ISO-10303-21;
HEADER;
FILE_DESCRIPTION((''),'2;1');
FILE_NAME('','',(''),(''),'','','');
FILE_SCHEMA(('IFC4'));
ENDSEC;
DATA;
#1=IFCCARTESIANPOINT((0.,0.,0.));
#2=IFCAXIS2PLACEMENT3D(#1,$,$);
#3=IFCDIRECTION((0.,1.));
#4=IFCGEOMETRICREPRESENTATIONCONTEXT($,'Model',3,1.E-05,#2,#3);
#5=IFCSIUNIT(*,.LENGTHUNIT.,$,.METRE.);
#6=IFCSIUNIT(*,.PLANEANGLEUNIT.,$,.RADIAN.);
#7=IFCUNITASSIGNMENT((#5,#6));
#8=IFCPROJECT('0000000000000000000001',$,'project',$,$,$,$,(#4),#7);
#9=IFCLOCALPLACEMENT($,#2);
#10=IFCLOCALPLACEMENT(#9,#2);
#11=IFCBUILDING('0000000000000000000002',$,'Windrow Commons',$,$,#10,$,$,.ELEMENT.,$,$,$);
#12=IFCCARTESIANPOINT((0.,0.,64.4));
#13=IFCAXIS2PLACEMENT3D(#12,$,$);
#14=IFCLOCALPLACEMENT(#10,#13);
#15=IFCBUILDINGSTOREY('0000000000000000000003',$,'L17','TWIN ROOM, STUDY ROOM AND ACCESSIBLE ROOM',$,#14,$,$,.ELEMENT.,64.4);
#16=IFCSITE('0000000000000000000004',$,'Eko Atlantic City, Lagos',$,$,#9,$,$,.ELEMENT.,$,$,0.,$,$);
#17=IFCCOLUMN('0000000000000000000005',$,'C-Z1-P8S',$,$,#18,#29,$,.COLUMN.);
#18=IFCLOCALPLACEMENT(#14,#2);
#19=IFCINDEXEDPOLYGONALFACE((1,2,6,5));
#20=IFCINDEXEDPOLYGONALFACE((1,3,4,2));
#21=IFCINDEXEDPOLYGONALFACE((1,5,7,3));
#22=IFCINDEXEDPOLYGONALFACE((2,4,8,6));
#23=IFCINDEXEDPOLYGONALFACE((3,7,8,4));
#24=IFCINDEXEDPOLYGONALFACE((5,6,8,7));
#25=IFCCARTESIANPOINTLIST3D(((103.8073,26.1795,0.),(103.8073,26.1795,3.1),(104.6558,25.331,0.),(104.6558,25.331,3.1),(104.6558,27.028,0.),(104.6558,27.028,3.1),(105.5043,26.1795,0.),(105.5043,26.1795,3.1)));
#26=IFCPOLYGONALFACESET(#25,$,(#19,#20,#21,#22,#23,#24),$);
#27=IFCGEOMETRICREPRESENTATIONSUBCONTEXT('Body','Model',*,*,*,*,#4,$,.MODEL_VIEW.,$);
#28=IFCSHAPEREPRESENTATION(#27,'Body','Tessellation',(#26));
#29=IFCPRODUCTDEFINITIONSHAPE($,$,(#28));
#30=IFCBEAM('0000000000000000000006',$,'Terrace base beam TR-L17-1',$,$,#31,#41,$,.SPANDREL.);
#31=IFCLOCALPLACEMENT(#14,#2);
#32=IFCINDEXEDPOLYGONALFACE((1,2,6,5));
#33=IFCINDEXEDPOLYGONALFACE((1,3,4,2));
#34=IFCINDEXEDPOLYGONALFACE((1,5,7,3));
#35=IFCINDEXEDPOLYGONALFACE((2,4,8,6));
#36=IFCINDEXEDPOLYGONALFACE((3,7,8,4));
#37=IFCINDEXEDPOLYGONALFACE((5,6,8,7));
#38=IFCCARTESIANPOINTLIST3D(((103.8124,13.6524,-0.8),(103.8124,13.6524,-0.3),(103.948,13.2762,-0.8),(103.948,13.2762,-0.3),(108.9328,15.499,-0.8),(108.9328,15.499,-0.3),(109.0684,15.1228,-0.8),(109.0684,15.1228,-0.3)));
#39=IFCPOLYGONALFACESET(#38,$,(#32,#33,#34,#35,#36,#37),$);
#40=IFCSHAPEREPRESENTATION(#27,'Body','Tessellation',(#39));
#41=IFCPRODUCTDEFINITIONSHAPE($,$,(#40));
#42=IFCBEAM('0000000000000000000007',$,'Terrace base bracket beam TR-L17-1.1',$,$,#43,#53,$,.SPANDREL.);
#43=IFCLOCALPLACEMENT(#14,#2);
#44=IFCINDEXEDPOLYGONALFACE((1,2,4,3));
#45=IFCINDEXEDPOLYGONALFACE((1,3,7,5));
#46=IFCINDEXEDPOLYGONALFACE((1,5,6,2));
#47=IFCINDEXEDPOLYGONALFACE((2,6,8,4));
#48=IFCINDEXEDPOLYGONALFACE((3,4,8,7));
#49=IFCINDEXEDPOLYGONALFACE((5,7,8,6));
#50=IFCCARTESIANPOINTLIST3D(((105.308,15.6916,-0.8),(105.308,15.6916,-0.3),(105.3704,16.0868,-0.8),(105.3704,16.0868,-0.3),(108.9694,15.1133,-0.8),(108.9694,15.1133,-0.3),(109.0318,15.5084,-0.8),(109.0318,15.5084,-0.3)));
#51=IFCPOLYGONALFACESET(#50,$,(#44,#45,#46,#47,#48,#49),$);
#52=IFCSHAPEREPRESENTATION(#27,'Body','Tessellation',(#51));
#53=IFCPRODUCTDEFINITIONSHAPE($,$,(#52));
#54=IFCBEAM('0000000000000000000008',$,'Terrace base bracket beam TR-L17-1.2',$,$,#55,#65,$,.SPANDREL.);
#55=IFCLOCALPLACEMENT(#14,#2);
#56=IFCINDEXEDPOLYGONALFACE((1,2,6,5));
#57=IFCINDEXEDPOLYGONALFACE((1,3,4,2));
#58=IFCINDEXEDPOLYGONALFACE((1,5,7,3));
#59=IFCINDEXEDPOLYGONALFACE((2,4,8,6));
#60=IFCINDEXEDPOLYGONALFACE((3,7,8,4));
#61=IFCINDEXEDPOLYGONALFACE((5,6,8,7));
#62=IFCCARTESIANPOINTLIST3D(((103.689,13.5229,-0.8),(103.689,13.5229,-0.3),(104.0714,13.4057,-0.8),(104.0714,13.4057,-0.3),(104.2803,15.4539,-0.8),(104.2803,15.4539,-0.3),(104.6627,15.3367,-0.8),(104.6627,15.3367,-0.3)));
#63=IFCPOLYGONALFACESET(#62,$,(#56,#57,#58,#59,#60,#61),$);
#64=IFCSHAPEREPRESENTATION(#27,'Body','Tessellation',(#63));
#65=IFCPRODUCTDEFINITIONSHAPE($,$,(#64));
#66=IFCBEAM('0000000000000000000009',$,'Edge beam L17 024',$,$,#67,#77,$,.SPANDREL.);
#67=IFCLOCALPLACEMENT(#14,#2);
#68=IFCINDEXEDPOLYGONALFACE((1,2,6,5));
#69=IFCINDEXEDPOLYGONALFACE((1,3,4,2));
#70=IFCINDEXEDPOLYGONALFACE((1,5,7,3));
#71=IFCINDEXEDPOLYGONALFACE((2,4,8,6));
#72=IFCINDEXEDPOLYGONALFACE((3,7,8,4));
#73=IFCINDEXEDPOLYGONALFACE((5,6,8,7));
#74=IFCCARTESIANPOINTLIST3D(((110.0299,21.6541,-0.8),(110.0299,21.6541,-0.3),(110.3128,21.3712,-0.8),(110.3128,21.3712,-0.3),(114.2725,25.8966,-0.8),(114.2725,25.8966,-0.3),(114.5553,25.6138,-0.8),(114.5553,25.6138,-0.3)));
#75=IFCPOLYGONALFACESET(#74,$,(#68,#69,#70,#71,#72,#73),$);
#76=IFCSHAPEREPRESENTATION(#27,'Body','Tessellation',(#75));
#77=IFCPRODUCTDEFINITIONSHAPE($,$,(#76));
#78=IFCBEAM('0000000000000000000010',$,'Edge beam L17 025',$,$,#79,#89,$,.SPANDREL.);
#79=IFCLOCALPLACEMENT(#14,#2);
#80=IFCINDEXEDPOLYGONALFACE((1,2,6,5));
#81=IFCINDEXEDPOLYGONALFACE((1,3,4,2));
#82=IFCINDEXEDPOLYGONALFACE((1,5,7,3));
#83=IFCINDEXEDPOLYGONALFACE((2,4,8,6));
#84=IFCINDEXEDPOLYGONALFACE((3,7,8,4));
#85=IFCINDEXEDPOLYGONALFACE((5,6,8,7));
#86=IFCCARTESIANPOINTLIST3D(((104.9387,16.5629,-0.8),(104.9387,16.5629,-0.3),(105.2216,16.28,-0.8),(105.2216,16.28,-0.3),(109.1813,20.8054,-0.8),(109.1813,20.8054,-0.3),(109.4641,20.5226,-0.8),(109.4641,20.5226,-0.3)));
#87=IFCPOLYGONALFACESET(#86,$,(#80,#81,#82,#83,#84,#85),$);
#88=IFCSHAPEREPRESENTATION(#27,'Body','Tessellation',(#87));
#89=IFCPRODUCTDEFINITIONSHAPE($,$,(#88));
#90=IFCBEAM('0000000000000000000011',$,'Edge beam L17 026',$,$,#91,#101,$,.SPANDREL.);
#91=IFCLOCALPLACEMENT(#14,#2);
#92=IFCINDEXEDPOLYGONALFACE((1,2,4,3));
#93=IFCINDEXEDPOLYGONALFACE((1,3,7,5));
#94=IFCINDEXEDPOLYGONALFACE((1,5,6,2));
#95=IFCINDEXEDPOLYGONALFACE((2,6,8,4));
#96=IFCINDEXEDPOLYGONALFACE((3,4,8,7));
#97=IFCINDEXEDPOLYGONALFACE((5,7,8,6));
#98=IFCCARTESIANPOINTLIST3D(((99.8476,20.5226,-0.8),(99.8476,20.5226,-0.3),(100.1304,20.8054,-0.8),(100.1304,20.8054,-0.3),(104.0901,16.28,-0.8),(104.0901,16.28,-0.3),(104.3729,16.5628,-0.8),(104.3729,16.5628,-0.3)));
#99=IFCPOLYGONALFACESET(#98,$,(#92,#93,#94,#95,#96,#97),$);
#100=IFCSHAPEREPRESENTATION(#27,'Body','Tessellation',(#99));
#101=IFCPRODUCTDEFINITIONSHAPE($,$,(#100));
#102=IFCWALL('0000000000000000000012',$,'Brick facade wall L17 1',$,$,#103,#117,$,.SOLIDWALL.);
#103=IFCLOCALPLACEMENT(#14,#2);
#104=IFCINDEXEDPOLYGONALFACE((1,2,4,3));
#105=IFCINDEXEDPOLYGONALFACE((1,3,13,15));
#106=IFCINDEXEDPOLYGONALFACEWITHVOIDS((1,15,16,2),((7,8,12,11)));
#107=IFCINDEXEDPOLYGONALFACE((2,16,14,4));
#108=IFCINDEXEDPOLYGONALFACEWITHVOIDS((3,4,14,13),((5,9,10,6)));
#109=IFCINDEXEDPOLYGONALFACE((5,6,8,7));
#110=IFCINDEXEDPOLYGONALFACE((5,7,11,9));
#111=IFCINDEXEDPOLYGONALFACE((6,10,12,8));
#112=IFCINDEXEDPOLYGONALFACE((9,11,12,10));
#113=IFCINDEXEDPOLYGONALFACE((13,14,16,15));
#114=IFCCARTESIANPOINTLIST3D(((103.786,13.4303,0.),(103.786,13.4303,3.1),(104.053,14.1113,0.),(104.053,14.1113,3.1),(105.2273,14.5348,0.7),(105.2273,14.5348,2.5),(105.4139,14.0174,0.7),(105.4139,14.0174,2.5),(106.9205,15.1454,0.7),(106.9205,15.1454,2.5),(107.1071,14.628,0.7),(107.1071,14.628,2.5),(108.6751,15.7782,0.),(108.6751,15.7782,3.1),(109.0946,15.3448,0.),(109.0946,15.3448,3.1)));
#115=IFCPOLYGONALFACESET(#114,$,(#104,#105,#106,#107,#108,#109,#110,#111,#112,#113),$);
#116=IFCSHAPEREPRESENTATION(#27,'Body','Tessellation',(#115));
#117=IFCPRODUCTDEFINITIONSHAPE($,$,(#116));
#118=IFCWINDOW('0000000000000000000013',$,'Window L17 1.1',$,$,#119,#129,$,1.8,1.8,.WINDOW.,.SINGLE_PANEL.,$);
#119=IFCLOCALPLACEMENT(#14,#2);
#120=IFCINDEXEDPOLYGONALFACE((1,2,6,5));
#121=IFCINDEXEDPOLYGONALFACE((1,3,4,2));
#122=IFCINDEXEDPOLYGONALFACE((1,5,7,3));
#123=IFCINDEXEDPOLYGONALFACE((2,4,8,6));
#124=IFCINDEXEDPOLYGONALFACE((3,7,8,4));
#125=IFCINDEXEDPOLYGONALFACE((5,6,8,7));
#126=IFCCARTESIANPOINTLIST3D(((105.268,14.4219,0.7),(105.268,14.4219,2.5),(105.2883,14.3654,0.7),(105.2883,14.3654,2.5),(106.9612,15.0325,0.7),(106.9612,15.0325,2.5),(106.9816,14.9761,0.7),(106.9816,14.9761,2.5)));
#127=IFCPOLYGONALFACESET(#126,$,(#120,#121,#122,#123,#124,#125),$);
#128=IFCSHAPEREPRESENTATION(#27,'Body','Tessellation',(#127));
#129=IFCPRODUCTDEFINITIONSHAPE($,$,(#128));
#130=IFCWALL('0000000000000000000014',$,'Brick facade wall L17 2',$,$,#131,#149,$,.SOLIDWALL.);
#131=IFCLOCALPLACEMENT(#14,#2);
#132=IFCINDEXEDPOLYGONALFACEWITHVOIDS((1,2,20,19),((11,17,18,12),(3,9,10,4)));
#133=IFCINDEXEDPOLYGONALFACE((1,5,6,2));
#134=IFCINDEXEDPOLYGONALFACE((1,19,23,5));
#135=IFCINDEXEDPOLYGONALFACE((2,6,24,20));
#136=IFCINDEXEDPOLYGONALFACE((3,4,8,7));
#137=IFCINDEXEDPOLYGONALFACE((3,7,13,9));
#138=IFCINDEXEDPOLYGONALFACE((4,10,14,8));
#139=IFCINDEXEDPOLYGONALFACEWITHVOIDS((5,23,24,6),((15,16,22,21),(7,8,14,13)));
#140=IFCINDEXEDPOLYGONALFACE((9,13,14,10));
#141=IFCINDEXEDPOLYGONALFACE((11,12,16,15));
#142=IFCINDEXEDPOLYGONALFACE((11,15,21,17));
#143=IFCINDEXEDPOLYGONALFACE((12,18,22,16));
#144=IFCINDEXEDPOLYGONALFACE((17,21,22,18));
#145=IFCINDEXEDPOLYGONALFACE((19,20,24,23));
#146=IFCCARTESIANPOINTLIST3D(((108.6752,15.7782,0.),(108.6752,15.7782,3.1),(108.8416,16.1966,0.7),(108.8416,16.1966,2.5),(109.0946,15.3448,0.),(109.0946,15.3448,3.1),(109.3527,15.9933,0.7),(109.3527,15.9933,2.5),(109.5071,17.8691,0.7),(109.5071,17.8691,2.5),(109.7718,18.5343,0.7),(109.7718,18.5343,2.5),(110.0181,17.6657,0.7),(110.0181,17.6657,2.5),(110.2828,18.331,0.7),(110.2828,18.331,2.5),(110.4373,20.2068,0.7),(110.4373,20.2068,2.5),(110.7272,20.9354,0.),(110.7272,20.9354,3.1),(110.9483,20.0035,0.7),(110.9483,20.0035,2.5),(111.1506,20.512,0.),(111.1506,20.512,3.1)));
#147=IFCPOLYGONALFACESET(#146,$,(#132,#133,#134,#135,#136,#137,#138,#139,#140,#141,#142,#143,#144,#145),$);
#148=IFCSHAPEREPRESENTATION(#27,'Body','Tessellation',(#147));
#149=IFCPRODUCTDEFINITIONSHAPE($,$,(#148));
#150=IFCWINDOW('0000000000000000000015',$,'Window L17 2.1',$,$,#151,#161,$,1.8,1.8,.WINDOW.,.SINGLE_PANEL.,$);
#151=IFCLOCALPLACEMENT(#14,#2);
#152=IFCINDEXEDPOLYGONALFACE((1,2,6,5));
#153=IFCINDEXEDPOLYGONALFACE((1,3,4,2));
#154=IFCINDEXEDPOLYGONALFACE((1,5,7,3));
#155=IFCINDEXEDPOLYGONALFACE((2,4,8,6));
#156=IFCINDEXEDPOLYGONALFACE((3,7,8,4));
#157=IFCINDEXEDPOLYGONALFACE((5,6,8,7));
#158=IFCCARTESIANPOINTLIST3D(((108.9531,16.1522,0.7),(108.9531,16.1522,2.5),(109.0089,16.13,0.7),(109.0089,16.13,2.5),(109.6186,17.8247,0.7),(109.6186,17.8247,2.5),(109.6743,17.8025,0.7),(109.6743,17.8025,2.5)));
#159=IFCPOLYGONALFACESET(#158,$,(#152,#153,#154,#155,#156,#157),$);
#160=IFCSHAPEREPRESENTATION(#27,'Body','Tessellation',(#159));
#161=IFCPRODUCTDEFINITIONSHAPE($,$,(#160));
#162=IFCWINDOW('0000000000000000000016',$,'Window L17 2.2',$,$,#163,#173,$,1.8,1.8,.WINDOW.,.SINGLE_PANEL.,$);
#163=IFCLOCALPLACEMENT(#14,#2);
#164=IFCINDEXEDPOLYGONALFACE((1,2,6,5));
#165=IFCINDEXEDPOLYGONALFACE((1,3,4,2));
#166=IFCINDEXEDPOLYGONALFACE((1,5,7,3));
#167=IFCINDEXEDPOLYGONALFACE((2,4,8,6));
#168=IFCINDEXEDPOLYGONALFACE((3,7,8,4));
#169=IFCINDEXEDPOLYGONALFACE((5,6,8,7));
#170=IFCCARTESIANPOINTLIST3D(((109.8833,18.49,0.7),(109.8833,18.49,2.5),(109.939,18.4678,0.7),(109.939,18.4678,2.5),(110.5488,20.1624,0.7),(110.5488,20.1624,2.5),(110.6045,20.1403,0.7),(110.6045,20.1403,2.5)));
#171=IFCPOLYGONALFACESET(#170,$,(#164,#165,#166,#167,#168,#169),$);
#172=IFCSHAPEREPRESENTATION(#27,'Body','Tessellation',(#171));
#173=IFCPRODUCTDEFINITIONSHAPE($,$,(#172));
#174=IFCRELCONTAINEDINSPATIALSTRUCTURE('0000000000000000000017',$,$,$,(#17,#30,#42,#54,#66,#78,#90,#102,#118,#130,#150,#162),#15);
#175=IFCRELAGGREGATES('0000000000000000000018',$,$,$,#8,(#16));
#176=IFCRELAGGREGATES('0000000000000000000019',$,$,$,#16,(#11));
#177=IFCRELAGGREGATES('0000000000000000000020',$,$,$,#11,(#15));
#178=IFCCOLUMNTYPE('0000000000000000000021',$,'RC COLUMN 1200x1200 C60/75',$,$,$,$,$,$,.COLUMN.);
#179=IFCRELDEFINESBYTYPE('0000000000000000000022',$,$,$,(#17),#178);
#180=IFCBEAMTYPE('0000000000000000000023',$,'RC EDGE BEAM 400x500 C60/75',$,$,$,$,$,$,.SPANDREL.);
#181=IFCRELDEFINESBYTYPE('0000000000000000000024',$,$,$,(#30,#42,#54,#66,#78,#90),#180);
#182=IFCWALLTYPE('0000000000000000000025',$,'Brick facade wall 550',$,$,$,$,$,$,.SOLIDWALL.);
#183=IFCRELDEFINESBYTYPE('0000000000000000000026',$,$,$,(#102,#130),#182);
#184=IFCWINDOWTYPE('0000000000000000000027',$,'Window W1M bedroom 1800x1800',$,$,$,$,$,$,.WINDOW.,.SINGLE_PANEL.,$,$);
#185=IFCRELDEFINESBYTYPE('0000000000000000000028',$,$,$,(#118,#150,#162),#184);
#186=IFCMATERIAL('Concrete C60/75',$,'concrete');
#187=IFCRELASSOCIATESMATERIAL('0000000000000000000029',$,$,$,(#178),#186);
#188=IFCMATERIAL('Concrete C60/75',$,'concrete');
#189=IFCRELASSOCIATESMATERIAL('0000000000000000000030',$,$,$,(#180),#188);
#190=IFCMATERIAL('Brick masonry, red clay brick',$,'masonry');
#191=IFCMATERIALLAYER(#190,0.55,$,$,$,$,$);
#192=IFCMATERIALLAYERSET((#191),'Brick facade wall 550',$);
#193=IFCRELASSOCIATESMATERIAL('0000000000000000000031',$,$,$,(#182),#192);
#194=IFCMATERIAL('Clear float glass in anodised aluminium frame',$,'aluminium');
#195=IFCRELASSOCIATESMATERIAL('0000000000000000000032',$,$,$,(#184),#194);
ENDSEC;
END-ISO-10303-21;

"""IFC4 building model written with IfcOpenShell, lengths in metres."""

from ifc_helpers import new_model, si_unit, direction, frame, frame_2d, origin, origin_2d, place, context, subcontext, project, spatial, polyline, rectangle, outline, extrude, material, layer, layer_set, material_profile, profile_set, type_object, element, fill, save


model = new_model("IFC4")

# Units and contexts
model_context = context("Model", 3, precision=1e-05, world=origin(), true_north=direction((0.0, 1.0)))
body_context = subcontext(model_context, "Body", "Model", "MODEL_VIEW")
ifc_project = project(units=[si_unit("LENGTHUNIT", "METRE"), si_unit("PLANEANGLEUNIT", "RADIAN")], contexts=[model_context])

# Site, building, storey
site_placement = place(None, origin())
site = spatial("IfcSite", under=ifc_project, at=site_placement, Name="Eko Atlantic City, Lagos", CompositionType="ELEMENT", RefElevation=0.0)
building_placement = place(site_placement, origin())
building = spatial("IfcBuilding", under=site, at=building_placement, Name="Windrow Commons", CompositionType="ELEMENT")
storey_placement = place(building_placement, frame((0.0, 0.0, 64.4)))
storey = spatial("IfcBuildingStorey", under=building, at=storey_placement, Name="L17", Description="TWIN ROOM, STUDY ROOM AND ACCESSIBLE ROOM", CompositionType="ELEMENT", Elevation=64.4)

# Column
ifc_material_1 = material(Name="Concrete C60/75", Category="concrete")
ifc_material_profile_1 = material_profile(ifc_material_1, rectangle(XDim=1.2, YDim=1.2, at=origin_2d()))
ifc_profile_set_1 = profile_set([ifc_material_profile_1], Name="Concrete C60/75")
column_type = type_object("IfcColumnType", Name="RC COLUMN 1200x1200 C60/75", PredefinedType="COLUMN", material=ifc_profile_set_1)
column_placement = place(storey_placement, frame((104.6558, 26.1795, 0.0), z_axis=(0.0, 0.0, 1.0), x_axis=(0.707107, -0.707107, 0.0)))
element("IfcColumn", 1, at=column_placement, inside=storey, type_object=column_type, Name="C-Z1-P8S", PredefinedType="COLUMN", context=body_context, shape_type="SweptSolid", body=[
    extrude(rectangle(XDim=1.2, YDim=1.2, at=origin_2d()), origin(), (0.0, 0.0, 1.0), 3.1),
])

# Beams
ifc_material_2 = material(Name="Concrete C60/75", Category="concrete")
ifc_material_profile_2 = material_profile(ifc_material_2, rectangle(XDim=0.4, YDim=0.5, at=origin_2d()))
ifc_profile_set_2 = profile_set([ifc_material_profile_2], Name="Concrete C60/75")
beam_type = type_object("IfcBeamType", Name="RC EDGE BEAM 400x500 C60/75", PredefinedType="SPANDREL", material=ifc_profile_set_2)
beam_1_placement = place(storey_placement, frame((109.0006, 15.3109, -0.55), z_axis=(-0.940697, -0.339249, 0.0), x_axis=(0.339249, -0.940697, 0.0)))
element("IfcBeam", 2, at=beam_1_placement, inside=storey, type_object=beam_type, Name="Terrace base beam TR-L17-1", PredefinedType="SPANDREL", context=body_context, shape_type="SweptSolid", body=[
    extrude(rectangle(XDim=0.4, YDim=0.5, at=origin_2d()), origin(), (0.0, 0.0, 1.0), 5.4432),
])
beam_2_placement = place(storey_placement, frame((105.3392, 15.8892, -0.55), z_axis=(0.987755, -0.156011, 0.0), x_axis=(0.156011, 0.987755, 0.0)))
element("IfcBeam", 3, at=beam_2_placement, inside=storey, type_object=beam_type, Name="Terrace base bracket beam TR-L17-1.1", PredefinedType="SPANDREL", context=body_context, shape_type="SweptSolid", body=[
    extrude(rectangle(XDim=0.4, YDim=0.5, at=origin_2d()), origin(), (0.0, 0.0, 1.0), 3.7068),
])
beam_3_placement = place(storey_placement, frame((104.4715, 15.3953, -0.55), z_axis=(-0.292795, -0.956175, 0.0), x_axis=(0.956175, -0.292795, 0.0)))
element("IfcBeam", 4, at=beam_3_placement, inside=storey, type_object=beam_type, Name="Terrace base bracket beam TR-L17-1.2", PredefinedType="SPANDREL", context=body_context, shape_type="SweptSolid", body=[
    extrude(rectangle(XDim=0.4, YDim=0.5, at=origin_2d()), origin(), (0.0, 0.0, 1.0), 2.0195),
])
for number, where, z_axis, x_axis, name in (
    (5, (114.4139, 25.7552, -0.55), (-0.707107, -0.707107, 0.0), (0.707107, -0.707107, 0.0), "Edge beam L17 024"),
    (6, (109.3227, 20.664, -0.55), (-0.707107, -0.707107, 0.0), (0.707107, -0.707107, 0.0), "Edge beam L17 025"),
    (7, (104.2315, 16.4214, -0.55), (-0.707098, 0.707115, 0.0), (-0.707115, -0.707098, 0.0), "Edge beam L17 026"),
):
    element("IfcBeam", number, at=place(storey_placement, frame(where, z_axis=z_axis, x_axis=x_axis)), inside=storey, type_object=beam_type, Name=name, PredefinedType="SPANDREL", context=body_context, shape_type="SweptSolid", body=[
        extrude(rectangle(XDim=0.4, YDim=0.5, at=origin_2d()), origin(), (0.0, 0.0, 1.0), 5.9999),
    ])

# Wall, opening, window
ifc_material_3 = material(Name="Brick masonry, red clay brick", Category="masonry")
ifc_layer_1 = layer(ifc_material_3, 0.55)
ifc_layer_set_1 = layer_set([ifc_layer_1], Name="Brick facade wall 550")
wall_type_1 = type_object("IfcWallType", Name="Brick facade wall 550", PredefinedType="SOLIDWALL", material=ifc_layer_set_1)
wall_1_placement = place(storey_placement, frame((103.9195, 13.7708, 0.0), z_axis=(0.0, 0.0, 1.0), x_axis=(0.940697, 0.339249, 0.0)))
wall_1 = element("IfcWall", 8, at=wall_1_placement, inside=storey, type_object=wall_type_1, Name="Brick facade wall L17 1", PredefinedType="SOLIDWALL", context=body_context, shape_type="SweptSolid", body=[
    extrude(outline(polyline([(-0.2411, -0.275), (5.4022, -0.275), (5.1546, 0.275), (0.2411, 0.275), (-0.2411, -0.275)])), origin(), (0.0, 0.0, 1.0), 3.1),
])
opening_1_placement = place(wall_1_placement, frame((1.4894, 0.0, 0.7)))
opening_1 = element("IfcOpeningElement", 9, at=opening_1_placement, cuts=wall_1, PredefinedType="OPENING", context=body_context, shape_type="SweptSolid", body=[
    extrude(rectangle(XDim=1.8, YDim=1.8, at=frame_2d((0.9, 0.9))), frame((0.0, 0.285, 0.0), z_axis=(0.0, -1.0, 0.0), x_axis=(1.0, 0.0, 0.0)), (0.0, 0.0, 1.0), 0.57),
])
ifc_material_4 = material(Name="Clear float glass in anodised aluminium frame", Category="aluminium")
window_type_1 = type_object("IfcWindowType", Name="Window W1M bedroom 1800x1800", PartitioningType="SINGLE_PANEL", PredefinedType="WINDOW", material=ifc_material_4)
window_1_placement = place(opening_1_placement, origin())
window_1 = element("IfcWindow", 10, at=window_1_placement, inside=storey, type_object=window_type_1, Name="Window L17 1.1", OverallHeight=1.8, OverallWidth=1.8, PartitioningType="SINGLE_PANEL", PredefinedType="WINDOW", context=body_context, shape_type="SweptSolid", body=[
    extrude(rectangle(XDim=1.8, YDim=1.8, at=frame_2d((0.9, 0.9))), frame((0.0, 0.155, 0.0), z_axis=(0.0, -1.0, 0.0), x_axis=(1.0, 0.0, 0.0)), (0.0, 0.0, 1.0), 0.06),
])
fill(opening_1, window_1)

# Wall, openings, windows
wall_2_placement = place(storey_placement, frame((108.8849, 15.5615, 0.0), z_axis=(0.0, 0.0, 1.0), x_axis=(0.369702, 0.92915, 0.0)))
wall_2 = element("IfcWall", 11, at=wall_2_placement, inside=storey, type_object=wall_type_1, Name="Brick facade wall L17 2", PredefinedType="SOLIDWALL", context=body_context, shape_type="SweptSolid", body=[
    extrude(outline(polyline([(-0.1238, -0.275), (5.4374, -0.275), (5.6743, 0.275), (0.1238, 0.275), (-0.1238, -0.275)])), origin(), (0.0, 0.0, 1.0), 3.1),
])
opening_2_placement = place(wall_2_placement, frame((0.5741, 0.0, 0.7)))
opening_2 = element("IfcOpeningElement", 12, at=opening_2_placement, cuts=wall_2, PredefinedType="OPENING", context=body_context, shape_type="SweptSolid", body=[
    extrude(rectangle(XDim=1.8, YDim=1.8, at=frame_2d((0.9, 0.9))), frame((0.0, 0.285, 0.0), z_axis=(0.0, -1.0, 0.0), x_axis=(1.0, 0.0, 0.0)), (0.0, 0.0, 1.0), 0.57),
])
opening_3_placement = place(wall_2_placement, frame((3.0901, 0.0, 0.7)))
opening_3 = element("IfcOpeningElement", 13, at=opening_3_placement, cuts=wall_2, PredefinedType="OPENING", context=body_context, shape_type="SweptSolid", body=[
    extrude(rectangle(XDim=1.8, YDim=1.8, at=frame_2d((0.9, 0.9))), frame((0.0, 0.285, 0.0), z_axis=(0.0, -1.0, 0.0), x_axis=(1.0, 0.0, 0.0)), (0.0, 0.0, 1.0), 0.57),
])
window_2_placement = place(opening_2_placement, origin())
window_2 = element("IfcWindow", 14, at=window_2_placement, inside=storey, type_object=window_type_1, Name="Window L17 2.1", OverallHeight=1.8, OverallWidth=1.8, PartitioningType="SINGLE_PANEL", PredefinedType="WINDOW", context=body_context, shape_type="SweptSolid", body=[
    extrude(rectangle(XDim=1.8, YDim=1.8, at=frame_2d((0.9, 0.9))), frame((0.0, 0.155, 0.0), z_axis=(0.0, -1.0, 0.0), x_axis=(1.0, 0.0, 0.0)), (0.0, 0.0, 1.0), 0.06),
])
fill(opening_2, window_2)
window_3_placement = place(opening_3_placement, origin())
window_3 = element("IfcWindow", 15, at=window_3_placement, inside=storey, type_object=window_type_1, Name="Window L17 2.2", OverallHeight=1.8, OverallWidth=1.8, PartitioningType="SINGLE_PANEL", PredefinedType="WINDOW", context=body_context, shape_type="SweptSolid", body=[
    extrude(rectangle(XDim=1.8, YDim=1.8, at=frame_2d((0.9, 0.9))), frame((0.0, 0.155, 0.0), z_axis=(0.0, -1.0, 0.0), x_axis=(1.0, 0.0, 0.0)), (0.0, 0.0, 1.0), 0.06),
])
fill(opening_3, window_3)

save(model, "model.ifc")
